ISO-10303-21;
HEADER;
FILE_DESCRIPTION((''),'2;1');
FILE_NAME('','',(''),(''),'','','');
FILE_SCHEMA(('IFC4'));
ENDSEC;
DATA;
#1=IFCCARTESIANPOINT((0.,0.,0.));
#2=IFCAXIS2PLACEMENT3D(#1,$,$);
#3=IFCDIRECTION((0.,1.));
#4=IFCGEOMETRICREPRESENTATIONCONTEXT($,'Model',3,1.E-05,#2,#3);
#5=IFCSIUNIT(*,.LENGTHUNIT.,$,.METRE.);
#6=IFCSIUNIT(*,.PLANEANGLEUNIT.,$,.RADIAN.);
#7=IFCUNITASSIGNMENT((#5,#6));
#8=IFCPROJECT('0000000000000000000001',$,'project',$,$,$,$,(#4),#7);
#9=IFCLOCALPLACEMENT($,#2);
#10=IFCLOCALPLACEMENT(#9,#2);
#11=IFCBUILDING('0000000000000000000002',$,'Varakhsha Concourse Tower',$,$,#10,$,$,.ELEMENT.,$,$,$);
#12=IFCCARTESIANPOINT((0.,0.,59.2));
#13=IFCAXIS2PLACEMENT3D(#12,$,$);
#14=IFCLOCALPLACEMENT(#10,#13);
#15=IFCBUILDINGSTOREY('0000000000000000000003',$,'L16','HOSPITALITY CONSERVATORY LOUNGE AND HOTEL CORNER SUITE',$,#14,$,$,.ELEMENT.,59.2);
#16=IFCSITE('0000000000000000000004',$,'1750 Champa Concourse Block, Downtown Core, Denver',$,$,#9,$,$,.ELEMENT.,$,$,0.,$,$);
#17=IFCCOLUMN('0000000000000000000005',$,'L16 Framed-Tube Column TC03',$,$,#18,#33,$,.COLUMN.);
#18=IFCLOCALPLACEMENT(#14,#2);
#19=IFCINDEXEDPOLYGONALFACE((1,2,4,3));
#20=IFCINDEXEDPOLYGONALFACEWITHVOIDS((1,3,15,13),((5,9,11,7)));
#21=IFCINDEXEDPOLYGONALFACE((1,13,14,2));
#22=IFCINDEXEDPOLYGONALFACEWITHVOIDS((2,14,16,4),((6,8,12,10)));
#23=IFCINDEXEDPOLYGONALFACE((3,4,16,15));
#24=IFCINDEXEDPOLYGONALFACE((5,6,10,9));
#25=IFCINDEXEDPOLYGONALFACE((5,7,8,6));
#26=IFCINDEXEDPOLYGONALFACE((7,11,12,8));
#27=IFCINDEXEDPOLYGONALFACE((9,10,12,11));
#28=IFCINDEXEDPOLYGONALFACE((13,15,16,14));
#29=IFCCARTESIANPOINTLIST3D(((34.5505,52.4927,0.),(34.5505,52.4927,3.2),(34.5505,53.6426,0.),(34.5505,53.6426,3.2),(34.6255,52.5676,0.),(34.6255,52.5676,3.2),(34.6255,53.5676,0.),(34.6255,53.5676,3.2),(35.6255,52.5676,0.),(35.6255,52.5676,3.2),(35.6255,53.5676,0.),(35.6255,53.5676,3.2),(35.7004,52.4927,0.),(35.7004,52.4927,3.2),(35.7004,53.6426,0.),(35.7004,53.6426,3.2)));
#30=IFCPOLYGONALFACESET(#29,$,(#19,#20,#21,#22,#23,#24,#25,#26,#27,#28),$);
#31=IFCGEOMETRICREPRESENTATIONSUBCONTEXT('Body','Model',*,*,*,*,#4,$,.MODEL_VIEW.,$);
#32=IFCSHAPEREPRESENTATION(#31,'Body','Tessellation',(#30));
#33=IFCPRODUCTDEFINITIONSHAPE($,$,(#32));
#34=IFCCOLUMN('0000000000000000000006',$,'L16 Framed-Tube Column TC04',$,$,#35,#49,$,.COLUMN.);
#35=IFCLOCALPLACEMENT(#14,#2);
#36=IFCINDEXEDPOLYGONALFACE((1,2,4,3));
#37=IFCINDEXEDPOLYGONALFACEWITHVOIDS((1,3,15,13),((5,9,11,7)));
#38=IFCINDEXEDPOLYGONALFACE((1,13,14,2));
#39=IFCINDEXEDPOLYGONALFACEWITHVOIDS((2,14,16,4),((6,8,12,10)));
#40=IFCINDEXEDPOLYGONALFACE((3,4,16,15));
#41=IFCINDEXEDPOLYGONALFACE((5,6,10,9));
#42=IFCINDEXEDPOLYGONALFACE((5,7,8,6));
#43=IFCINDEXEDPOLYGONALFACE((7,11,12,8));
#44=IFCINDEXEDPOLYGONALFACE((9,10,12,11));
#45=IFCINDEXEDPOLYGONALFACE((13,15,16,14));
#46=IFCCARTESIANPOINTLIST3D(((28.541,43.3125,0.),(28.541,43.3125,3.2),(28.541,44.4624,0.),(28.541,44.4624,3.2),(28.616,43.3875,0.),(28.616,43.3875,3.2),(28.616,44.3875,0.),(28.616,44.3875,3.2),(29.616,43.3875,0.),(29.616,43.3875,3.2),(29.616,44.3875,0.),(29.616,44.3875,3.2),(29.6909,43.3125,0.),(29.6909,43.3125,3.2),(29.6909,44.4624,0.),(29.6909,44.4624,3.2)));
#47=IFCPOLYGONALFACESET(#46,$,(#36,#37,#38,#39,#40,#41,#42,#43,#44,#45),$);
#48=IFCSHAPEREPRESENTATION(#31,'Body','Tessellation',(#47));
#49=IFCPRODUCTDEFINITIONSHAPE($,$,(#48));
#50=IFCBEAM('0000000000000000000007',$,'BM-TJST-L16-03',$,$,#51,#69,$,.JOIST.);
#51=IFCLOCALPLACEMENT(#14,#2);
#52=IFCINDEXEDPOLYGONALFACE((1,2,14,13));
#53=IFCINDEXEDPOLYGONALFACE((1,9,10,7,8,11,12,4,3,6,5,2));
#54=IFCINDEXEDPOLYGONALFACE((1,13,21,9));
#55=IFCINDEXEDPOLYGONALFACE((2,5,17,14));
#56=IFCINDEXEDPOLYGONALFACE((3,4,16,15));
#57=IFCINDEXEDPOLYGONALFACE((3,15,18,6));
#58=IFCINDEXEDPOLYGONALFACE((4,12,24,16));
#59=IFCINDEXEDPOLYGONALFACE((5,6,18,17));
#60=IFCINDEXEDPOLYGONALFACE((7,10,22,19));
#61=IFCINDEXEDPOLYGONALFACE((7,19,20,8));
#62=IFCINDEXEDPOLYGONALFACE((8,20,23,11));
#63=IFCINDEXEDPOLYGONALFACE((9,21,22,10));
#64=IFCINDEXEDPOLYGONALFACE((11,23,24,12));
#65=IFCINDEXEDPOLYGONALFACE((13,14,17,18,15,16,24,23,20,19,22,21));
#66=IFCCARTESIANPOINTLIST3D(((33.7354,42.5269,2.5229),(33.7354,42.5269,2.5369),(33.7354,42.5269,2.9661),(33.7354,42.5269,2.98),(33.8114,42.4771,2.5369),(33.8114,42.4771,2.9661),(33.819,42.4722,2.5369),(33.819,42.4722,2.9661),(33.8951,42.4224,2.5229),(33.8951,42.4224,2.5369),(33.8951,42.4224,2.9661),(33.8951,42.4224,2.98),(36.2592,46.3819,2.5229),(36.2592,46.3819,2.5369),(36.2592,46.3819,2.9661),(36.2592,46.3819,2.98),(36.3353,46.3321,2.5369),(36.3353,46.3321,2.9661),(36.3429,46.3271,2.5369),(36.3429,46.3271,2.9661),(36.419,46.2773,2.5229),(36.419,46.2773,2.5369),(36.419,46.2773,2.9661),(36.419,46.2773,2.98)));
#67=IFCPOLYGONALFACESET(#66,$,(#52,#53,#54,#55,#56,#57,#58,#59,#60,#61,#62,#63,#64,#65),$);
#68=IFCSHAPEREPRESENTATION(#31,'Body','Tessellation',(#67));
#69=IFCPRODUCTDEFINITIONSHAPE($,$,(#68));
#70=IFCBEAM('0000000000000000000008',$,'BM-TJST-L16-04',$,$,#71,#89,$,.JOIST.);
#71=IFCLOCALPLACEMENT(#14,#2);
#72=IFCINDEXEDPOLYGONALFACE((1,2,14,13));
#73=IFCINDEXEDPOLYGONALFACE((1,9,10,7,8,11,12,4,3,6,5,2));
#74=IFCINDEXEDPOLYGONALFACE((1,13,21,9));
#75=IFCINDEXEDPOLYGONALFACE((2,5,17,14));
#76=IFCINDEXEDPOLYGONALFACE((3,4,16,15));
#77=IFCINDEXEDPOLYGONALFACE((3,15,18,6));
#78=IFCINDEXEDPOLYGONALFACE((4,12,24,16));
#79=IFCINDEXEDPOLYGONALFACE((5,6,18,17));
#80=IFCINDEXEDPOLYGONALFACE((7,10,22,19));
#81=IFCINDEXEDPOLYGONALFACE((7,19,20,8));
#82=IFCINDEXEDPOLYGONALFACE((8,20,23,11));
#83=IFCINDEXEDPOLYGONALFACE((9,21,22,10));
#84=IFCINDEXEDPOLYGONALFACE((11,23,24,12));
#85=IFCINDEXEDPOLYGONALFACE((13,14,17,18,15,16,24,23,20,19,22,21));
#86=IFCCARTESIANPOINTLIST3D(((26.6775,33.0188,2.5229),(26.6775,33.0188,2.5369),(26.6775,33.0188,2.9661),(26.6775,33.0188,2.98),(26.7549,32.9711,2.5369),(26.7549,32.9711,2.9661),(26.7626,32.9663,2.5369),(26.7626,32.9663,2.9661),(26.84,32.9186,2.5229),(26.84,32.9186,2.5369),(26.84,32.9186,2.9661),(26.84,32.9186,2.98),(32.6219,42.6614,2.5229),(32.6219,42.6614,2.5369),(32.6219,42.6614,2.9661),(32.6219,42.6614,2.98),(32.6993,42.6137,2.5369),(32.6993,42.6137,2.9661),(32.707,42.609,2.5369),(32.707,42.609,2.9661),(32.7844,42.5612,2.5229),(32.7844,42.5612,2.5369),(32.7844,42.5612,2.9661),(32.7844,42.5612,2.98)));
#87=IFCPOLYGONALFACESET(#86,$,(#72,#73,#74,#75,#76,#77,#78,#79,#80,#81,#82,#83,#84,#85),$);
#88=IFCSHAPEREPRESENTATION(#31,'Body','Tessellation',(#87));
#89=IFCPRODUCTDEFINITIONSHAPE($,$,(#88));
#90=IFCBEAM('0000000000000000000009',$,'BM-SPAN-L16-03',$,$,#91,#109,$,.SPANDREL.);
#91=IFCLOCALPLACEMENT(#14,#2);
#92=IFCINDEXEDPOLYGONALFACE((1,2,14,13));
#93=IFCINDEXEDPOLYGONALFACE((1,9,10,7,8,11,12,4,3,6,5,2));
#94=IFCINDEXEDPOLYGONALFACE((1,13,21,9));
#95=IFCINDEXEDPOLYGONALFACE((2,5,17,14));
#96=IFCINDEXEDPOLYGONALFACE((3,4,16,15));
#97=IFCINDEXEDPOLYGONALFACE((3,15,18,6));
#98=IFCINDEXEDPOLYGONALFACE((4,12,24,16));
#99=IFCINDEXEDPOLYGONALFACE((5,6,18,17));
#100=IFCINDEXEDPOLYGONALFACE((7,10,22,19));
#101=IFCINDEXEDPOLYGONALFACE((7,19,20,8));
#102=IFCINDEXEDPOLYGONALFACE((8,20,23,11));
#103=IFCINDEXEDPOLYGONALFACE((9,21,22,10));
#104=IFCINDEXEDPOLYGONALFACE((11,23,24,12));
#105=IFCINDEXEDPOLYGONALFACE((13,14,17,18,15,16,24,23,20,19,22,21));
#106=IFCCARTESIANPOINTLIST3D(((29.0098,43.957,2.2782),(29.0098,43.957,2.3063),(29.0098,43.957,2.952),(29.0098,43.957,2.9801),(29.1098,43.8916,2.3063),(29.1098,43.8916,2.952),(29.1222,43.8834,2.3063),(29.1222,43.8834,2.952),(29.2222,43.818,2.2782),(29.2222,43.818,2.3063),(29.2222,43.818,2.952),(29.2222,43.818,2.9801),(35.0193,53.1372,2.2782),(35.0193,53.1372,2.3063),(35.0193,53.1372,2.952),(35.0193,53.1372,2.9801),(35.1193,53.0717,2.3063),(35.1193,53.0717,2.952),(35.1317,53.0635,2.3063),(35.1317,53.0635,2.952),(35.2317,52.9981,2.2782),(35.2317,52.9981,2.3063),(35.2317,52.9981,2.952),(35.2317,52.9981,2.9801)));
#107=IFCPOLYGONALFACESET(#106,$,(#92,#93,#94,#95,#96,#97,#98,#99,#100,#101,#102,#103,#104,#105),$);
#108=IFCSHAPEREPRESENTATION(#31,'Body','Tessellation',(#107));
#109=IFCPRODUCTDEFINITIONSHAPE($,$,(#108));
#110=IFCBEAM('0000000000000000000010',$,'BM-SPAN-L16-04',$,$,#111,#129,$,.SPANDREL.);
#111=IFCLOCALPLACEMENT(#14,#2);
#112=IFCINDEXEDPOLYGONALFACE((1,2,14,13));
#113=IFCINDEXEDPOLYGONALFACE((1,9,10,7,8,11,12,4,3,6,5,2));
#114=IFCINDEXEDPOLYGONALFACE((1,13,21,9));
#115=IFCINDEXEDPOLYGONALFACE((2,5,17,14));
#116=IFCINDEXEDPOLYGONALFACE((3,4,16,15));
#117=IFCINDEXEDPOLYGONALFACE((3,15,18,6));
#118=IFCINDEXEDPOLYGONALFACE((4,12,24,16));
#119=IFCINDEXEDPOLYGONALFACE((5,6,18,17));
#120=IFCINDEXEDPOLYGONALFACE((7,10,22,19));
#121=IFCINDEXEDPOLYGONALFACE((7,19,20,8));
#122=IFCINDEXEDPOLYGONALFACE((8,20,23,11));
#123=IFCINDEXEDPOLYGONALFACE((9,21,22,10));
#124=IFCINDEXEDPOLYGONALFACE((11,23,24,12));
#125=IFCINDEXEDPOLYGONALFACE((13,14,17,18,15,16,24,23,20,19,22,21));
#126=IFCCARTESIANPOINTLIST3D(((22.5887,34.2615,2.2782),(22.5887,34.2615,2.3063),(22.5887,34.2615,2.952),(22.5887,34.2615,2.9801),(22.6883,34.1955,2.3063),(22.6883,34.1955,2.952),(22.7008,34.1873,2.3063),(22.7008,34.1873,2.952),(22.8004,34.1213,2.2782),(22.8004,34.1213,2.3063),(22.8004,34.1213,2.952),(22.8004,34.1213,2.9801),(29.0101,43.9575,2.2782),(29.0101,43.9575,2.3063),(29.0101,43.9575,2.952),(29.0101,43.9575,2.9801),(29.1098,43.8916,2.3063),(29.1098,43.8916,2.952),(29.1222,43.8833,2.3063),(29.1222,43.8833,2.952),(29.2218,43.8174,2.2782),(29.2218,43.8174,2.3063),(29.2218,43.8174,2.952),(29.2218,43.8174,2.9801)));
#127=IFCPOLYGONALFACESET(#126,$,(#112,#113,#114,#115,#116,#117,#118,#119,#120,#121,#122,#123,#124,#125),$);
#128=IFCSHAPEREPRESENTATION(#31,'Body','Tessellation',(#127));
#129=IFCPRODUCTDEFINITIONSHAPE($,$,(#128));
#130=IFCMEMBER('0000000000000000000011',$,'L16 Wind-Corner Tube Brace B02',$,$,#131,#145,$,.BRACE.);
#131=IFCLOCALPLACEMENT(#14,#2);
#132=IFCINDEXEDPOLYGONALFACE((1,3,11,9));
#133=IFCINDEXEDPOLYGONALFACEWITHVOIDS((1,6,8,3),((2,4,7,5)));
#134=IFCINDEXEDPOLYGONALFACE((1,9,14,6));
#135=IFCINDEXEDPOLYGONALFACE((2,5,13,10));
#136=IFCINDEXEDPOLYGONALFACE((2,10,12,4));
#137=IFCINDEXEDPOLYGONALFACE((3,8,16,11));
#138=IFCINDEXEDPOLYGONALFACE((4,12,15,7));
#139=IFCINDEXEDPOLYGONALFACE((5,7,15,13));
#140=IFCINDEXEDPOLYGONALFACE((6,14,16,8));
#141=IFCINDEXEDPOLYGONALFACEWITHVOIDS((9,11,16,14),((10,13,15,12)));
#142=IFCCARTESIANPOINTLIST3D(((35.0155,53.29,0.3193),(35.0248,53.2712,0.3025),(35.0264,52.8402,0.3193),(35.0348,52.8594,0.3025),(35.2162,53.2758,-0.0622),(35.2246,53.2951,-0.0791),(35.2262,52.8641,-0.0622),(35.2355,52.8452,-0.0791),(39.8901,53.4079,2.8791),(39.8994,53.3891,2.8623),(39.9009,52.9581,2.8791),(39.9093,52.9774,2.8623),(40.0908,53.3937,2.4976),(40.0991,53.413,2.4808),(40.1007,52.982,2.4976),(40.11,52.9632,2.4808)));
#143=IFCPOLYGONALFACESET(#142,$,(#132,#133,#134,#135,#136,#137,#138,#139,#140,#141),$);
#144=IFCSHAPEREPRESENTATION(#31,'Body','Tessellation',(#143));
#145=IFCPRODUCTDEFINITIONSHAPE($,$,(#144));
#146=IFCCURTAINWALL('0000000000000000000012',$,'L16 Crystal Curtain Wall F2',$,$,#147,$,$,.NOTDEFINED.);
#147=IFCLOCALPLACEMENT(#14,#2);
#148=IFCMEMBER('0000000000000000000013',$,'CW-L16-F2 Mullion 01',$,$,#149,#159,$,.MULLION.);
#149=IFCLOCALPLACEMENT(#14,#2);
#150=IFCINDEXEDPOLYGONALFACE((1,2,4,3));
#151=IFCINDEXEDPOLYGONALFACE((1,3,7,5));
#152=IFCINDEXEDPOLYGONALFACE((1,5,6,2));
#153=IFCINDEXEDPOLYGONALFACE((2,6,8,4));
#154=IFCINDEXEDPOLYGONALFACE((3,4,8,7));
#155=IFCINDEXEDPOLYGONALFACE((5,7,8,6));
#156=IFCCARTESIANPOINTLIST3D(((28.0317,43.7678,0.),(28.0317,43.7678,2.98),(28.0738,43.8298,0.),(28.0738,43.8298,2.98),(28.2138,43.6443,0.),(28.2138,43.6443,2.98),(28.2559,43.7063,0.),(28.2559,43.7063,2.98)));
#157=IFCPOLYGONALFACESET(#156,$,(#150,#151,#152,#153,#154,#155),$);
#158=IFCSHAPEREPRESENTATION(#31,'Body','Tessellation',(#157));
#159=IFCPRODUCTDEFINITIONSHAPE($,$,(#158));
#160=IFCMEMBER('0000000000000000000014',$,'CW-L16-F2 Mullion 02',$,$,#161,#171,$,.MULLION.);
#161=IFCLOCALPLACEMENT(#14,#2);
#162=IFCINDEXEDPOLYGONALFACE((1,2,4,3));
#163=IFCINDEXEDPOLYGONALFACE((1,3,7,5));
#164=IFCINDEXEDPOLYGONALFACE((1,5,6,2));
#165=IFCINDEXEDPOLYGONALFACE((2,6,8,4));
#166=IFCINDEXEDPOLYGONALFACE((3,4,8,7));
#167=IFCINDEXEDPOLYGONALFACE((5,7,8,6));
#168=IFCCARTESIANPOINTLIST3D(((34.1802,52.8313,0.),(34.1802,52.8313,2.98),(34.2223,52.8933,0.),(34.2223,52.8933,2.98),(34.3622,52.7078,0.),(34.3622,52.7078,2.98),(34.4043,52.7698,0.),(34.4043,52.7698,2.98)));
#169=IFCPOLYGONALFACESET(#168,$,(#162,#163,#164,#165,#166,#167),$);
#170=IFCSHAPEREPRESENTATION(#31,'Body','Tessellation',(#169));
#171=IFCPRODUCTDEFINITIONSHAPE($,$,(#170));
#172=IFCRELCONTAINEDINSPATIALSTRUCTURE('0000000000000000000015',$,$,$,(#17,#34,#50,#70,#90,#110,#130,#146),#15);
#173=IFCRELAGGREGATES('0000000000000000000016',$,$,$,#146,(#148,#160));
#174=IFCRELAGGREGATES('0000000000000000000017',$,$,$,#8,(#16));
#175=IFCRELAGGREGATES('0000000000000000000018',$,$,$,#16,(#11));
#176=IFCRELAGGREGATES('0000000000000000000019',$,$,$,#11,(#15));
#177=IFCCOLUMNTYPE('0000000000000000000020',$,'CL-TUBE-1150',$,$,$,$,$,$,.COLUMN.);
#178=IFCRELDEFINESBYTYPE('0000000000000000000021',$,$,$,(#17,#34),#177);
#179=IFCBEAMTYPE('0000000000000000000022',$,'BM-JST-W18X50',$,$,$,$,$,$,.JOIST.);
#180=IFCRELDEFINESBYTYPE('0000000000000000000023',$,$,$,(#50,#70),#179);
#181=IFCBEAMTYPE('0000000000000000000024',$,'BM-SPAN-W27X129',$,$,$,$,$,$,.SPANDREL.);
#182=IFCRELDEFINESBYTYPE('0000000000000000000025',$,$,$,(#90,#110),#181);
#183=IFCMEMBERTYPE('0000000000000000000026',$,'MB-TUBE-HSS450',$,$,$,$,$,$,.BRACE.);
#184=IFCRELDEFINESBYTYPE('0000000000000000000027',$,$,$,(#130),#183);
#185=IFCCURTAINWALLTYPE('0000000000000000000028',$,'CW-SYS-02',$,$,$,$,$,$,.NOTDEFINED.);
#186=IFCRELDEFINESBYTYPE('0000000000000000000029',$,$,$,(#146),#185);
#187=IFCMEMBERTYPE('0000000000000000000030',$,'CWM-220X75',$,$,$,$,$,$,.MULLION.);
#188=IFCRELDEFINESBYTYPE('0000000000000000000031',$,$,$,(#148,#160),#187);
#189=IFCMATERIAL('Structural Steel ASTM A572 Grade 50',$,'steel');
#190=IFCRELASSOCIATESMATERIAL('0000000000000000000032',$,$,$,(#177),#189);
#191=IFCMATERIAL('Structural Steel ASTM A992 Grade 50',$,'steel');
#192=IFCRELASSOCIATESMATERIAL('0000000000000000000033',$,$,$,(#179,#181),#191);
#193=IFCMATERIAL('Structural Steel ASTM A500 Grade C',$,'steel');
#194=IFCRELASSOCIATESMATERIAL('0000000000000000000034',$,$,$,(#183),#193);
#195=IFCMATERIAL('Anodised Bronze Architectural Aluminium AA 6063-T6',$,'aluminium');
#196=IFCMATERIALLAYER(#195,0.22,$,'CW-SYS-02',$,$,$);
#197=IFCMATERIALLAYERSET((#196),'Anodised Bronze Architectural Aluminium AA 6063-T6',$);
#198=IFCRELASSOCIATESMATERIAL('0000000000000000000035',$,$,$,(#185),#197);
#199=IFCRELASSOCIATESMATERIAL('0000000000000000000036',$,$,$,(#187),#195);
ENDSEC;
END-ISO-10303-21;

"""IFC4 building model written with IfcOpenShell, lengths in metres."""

from ifc_helpers import new_model, si_unit, direction, frame, origin, origin_2d, place, context, subcontext, project, spatial, rectangle, hollow_rectangle, i_section, extrude, source, transform, mapped, material, layer, layer_set, material_profile, profile_set, type_object, type_shapes, element, aggregate, save


model = new_model("IFC4")

# Units and contexts
model_context = context("Model", 3, precision=1e-05, world=origin(), true_north=direction((0.0, 1.0)))
body_context = subcontext(model_context, "Body", "Model", "MODEL_VIEW")
ifc_project = project(units=[si_unit("LENGTHUNIT", "METRE"), si_unit("PLANEANGLEUNIT", "RADIAN")], contexts=[model_context])

# Site, building, storey
site_placement = place(None, origin())
site = spatial("IfcSite", under=ifc_project, at=site_placement, Name="1750 Champa Concourse Block, Downtown Core, Denver", CompositionType="ELEMENT", RefElevation=0.0)
building_placement = place(site_placement, origin())
building = spatial("IfcBuilding", under=site, at=building_placement, Name="Varakhsha Concourse Tower", CompositionType="ELEMENT")
storey_placement = place(building_placement, frame((0.0, 0.0, 59.2)))
storey = spatial("IfcBuildingStorey", under=building, at=storey_placement, Name="L16", Description="HOSPITALITY CONSERVATORY LOUNGE AND HOTEL CORNER SUITE", CompositionType="ELEMENT", Elevation=59.2)

# Columns
ifc_material_1 = material(Name="Structural Steel ASTM A572 Grade 50", Category="steel")
ifc_material_profile_1 = material_profile(ifc_material_1, hollow_rectangle(XDim=1.1499, YDim=1.1499, WallThickness=0.075, at=origin_2d()), Name="BOX 1150x1150x75")
ifc_profile_set_1 = profile_set([ifc_material_profile_1], Name="Structural Steel ASTM A572 Grade 50")
column_type = type_object("IfcColumnType", Name="CL-TUBE-1150", PredefinedType="COLUMN", material=ifc_profile_set_1)
for number, where, z_axis, x_axis, name in (
    (1, (35.1255, 53.0676, 0.0), (0.0, 0.0, 1.0), (1.0, 0.0, 0.0), "L16 Framed-Tube Column TC03"),
    (2, (29.116, 43.8875, 0.0), (0.0, 0.0, 1.0), (1.0, 0.0, 0.0), "L16 Framed-Tube Column TC04"),
):
    element("IfcColumn", number, at=place(storey_placement, frame(where, z_axis=z_axis, x_axis=x_axis)), inside=storey, type_object=column_type, Name=name, PredefinedType="COLUMN", context=body_context, shape_type="SweptSolid", body=[
        extrude(hollow_rectangle(XDim=1.1499, YDim=1.1499, WallThickness=0.075, at=origin_2d()), origin(), (0.0, 0.0, 1.0), 3.2),
    ])

# Beams
ifc_material_2 = material(Name="Structural Steel ASTM A992 Grade 50", Category="steel")
ifc_material_profile_2 = material_profile(ifc_material_2, i_section(OverallWidth=0.1909, OverallDepth=0.457, WebThickness=0.009, FlangeThickness=0.0139, at=origin_2d()), Name="W18X50")
ifc_profile_set_2 = profile_set([ifc_material_profile_2], Name="Structural Steel ASTM A992 Grade 50")
beam_type_1 = type_object("IfcBeamType", Name="BM-JST-W18X50", PredefinedType="JOIST", material=ifc_profile_set_2)
beam_1_placement = place(storey_placement, frame((36.3391, 46.3296, 2.7515), z_axis=(-0.54776, -0.836635, 0.0), x_axis=(0.836635, -0.54776, 0.0)))
element("IfcBeam", 3, at=beam_1_placement, inside=storey, type_object=beam_type_1, Name="BM-TJST-L16-03", PredefinedType="JOIST", context=body_context, shape_type="SweptSolid", body=[
    extrude(i_section(OverallWidth=0.1909, OverallDepth=0.457, WebThickness=0.009, FlangeThickness=0.0139, at=origin_2d()), origin(), (0.0, 0.0, 1.0), 4.6077),
])
beam_2_placement = place(storey_placement, frame((32.7031, 42.6113, 2.7515), z_axis=(-0.524766, -0.851247, 0.0), x_axis=(0.851247, -0.524766, 0.0)))
element("IfcBeam", 4, at=beam_2_placement, inside=storey, type_object=beam_type_1, Name="BM-TJST-L16-04", PredefinedType="JOIST", context=body_context, shape_type="SweptSolid", body=[
    extrude(i_section(OverallWidth=0.1909, OverallDepth=0.457, WebThickness=0.009, FlangeThickness=0.0139, at=origin_2d()), origin(), (0.0, 0.0, 1.0), 11.3276),
])
ifc_material_profile_3 = material_profile(ifc_material_2, i_section(OverallWidth=0.2539, OverallDepth=0.7019, WebThickness=0.0149, FlangeThickness=0.0281, at=origin_2d()), Name="W27X129")
ifc_profile_set_3 = profile_set([ifc_material_profile_3], Name="Structural Steel ASTM A992 Grade 50")
beam_type_2 = type_object("IfcBeamType", Name="BM-SPAN-W27X129", PredefinedType="SPANDREL", material=ifc_profile_set_3)
beam_3_placement = place(storey_placement, frame((35.1255, 53.0676, 2.6292), z_axis=(-0.547703, -0.836673, 0.0), x_axis=(0.836673, -0.547703, 0.0)))
element("IfcBeam", 5, at=beam_3_placement, inside=storey, type_object=beam_type_2, Name="BM-SPAN-L16-03", PredefinedType="SPANDREL", context=body_context, shape_type="SweptSolid", body=[
    extrude(i_section(OverallWidth=0.2539, OverallDepth=0.7019, WebThickness=0.0149, FlangeThickness=0.0281, at=origin_2d()), origin(), (0.0, 0.0, 1.0), 10.9722),
])
beam_4_placement = place(storey_placement, frame((29.116, 43.8875, 2.6292), z_axis=(-0.552159, -0.833739, 0.0), x_axis=(0.833739, -0.552159, 0.0)))
element("IfcBeam", 6, at=beam_4_placement, inside=storey, type_object=beam_type_2, Name="BM-SPAN-L16-04", PredefinedType="SPANDREL", context=body_context, shape_type="SweptSolid", body=[
    extrude(i_section(OverallWidth=0.2539, OverallDepth=0.7019, WebThickness=0.0149, FlangeThickness=0.0281, at=origin_2d()), origin(), (0.0, 0.0, 1.0), 11.6296),
])

# Member
ifc_material_3 = material(Name="Structural Steel ASTM A500 Grade C", Category="steel")
ifc_material_profile_4 = material_profile(ifc_material_3, hollow_rectangle(XDim=0.45, YDim=0.45, WallThickness=0.019, at=origin_2d()), Name="HSS 450x450x19")
ifc_profile_set_4 = profile_set([ifc_material_profile_4], Name="Structural Steel ASTM A500 Grade C")
member_type_1 = type_object("IfcMemberType", Name="MB-TUBE-HSS450", PredefinedType="BRACE", material=ifc_profile_set_4)
shared_shape_1 = source(origin(), body_context, "Body", "SweptSolid", [
    extrude(hollow_rectangle(XDim=0.45, YDim=0.45, WallThickness=0.019, at=origin_2d()), origin(), (0.0, 0.0, 1.0), 5.5071),
])
type_shapes(member_type_1, [shared_shape_1])
member_1_placement = place(storey_placement, frame((35.1255, 53.0676, 0.1201), z_axis=(0.885143, 0.021413, 0.464826), x_axis=(-0.024184, 0.999708, 0.0)))
element("IfcMember", 7, at=member_1_placement, inside=storey, type_object=member_type_1, Name="L16 Wind-Corner Tube Brace B02", PredefinedType="BRACE", context=body_context, shape_type="MappedRepresentation", body=[
    mapped(shared_shape_1, transform((0.0, 0.0, 0.0), scale=1.0)),
])

# Curtain wall, members
ifc_material_4 = material(Name="Anodised Bronze Architectural Aluminium AA 6063-T6", Category="aluminium")
ifc_layer_1 = layer(ifc_material_4, 0.22, Name="CW-SYS-02")
ifc_layer_set_1 = layer_set([ifc_layer_1], Name="Anodised Bronze Architectural Aluminium AA 6063-T6")
curtain_wall_type = type_object("IfcCurtainWallType", Name="CW-SYS-02", PredefinedType="NOTDEFINED", material=ifc_layer_set_1)
curtain_wall_placement = place(storey_placement, origin())
curtain_wall = element("IfcCurtainWall", 8, at=curtain_wall_placement, inside=storey, type_object=curtain_wall_type, Name="L16 Crystal Curtain Wall F2", PredefinedType="NOTDEFINED")
ifc_material_profile_5 = material_profile(ifc_material_4, rectangle(XDim=0.075, YDim=0.22, at=origin_2d()), Name="CWM-220X75")
ifc_profile_set_5 = profile_set([ifc_material_profile_5], Name="Anodised Bronze Architectural Aluminium AA 6063-T6")
member_type_2 = type_object("IfcMemberType", Name="CWM-220X75", PredefinedType="MULLION", material=ifc_profile_set_5)
shared_shape_2 = source(origin(), body_context, "Body", "SweptSolid", [
    extrude(rectangle(XDim=0.075, YDim=0.22, at=origin_2d()), origin(), (0.0, 0.0, 1.0), 2.98),
])
type_shapes(member_type_2, [shared_shape_2])
member_2_placement = place(storey_placement, frame((28.1438, 43.7371, 0.0), z_axis=(0.0, 0.0, 1.0), x_axis=(0.561392, 0.82755, 0.0)))
member_2 = element("IfcMember", 9, at=member_2_placement, type_object=member_type_2, Name="CW-L16-F2 Mullion 01", PredefinedType="MULLION", context=body_context, shape_type="MappedRepresentation", body=[
    mapped(shared_shape_2, transform((0.0, 0.0, 0.0), scale=1.0)),
])
member_3_placement = place(storey_placement, frame((34.2922, 52.8005, 0.0), z_axis=(0.0, 0.0, 1.0), x_axis=(0.561392, 0.82755, 0.0)))
member_3 = element("IfcMember", 10, at=member_3_placement, type_object=member_type_2, Name="CW-L16-F2 Mullion 02", PredefinedType="MULLION", context=body_context, shape_type="MappedRepresentation", body=[
    mapped(shared_shape_2, transform((0.0, 0.0, 0.0), scale=1.0)),
])

aggregate(curtain_wall, [member_2, member_3])

save(model, "model.ifc")
